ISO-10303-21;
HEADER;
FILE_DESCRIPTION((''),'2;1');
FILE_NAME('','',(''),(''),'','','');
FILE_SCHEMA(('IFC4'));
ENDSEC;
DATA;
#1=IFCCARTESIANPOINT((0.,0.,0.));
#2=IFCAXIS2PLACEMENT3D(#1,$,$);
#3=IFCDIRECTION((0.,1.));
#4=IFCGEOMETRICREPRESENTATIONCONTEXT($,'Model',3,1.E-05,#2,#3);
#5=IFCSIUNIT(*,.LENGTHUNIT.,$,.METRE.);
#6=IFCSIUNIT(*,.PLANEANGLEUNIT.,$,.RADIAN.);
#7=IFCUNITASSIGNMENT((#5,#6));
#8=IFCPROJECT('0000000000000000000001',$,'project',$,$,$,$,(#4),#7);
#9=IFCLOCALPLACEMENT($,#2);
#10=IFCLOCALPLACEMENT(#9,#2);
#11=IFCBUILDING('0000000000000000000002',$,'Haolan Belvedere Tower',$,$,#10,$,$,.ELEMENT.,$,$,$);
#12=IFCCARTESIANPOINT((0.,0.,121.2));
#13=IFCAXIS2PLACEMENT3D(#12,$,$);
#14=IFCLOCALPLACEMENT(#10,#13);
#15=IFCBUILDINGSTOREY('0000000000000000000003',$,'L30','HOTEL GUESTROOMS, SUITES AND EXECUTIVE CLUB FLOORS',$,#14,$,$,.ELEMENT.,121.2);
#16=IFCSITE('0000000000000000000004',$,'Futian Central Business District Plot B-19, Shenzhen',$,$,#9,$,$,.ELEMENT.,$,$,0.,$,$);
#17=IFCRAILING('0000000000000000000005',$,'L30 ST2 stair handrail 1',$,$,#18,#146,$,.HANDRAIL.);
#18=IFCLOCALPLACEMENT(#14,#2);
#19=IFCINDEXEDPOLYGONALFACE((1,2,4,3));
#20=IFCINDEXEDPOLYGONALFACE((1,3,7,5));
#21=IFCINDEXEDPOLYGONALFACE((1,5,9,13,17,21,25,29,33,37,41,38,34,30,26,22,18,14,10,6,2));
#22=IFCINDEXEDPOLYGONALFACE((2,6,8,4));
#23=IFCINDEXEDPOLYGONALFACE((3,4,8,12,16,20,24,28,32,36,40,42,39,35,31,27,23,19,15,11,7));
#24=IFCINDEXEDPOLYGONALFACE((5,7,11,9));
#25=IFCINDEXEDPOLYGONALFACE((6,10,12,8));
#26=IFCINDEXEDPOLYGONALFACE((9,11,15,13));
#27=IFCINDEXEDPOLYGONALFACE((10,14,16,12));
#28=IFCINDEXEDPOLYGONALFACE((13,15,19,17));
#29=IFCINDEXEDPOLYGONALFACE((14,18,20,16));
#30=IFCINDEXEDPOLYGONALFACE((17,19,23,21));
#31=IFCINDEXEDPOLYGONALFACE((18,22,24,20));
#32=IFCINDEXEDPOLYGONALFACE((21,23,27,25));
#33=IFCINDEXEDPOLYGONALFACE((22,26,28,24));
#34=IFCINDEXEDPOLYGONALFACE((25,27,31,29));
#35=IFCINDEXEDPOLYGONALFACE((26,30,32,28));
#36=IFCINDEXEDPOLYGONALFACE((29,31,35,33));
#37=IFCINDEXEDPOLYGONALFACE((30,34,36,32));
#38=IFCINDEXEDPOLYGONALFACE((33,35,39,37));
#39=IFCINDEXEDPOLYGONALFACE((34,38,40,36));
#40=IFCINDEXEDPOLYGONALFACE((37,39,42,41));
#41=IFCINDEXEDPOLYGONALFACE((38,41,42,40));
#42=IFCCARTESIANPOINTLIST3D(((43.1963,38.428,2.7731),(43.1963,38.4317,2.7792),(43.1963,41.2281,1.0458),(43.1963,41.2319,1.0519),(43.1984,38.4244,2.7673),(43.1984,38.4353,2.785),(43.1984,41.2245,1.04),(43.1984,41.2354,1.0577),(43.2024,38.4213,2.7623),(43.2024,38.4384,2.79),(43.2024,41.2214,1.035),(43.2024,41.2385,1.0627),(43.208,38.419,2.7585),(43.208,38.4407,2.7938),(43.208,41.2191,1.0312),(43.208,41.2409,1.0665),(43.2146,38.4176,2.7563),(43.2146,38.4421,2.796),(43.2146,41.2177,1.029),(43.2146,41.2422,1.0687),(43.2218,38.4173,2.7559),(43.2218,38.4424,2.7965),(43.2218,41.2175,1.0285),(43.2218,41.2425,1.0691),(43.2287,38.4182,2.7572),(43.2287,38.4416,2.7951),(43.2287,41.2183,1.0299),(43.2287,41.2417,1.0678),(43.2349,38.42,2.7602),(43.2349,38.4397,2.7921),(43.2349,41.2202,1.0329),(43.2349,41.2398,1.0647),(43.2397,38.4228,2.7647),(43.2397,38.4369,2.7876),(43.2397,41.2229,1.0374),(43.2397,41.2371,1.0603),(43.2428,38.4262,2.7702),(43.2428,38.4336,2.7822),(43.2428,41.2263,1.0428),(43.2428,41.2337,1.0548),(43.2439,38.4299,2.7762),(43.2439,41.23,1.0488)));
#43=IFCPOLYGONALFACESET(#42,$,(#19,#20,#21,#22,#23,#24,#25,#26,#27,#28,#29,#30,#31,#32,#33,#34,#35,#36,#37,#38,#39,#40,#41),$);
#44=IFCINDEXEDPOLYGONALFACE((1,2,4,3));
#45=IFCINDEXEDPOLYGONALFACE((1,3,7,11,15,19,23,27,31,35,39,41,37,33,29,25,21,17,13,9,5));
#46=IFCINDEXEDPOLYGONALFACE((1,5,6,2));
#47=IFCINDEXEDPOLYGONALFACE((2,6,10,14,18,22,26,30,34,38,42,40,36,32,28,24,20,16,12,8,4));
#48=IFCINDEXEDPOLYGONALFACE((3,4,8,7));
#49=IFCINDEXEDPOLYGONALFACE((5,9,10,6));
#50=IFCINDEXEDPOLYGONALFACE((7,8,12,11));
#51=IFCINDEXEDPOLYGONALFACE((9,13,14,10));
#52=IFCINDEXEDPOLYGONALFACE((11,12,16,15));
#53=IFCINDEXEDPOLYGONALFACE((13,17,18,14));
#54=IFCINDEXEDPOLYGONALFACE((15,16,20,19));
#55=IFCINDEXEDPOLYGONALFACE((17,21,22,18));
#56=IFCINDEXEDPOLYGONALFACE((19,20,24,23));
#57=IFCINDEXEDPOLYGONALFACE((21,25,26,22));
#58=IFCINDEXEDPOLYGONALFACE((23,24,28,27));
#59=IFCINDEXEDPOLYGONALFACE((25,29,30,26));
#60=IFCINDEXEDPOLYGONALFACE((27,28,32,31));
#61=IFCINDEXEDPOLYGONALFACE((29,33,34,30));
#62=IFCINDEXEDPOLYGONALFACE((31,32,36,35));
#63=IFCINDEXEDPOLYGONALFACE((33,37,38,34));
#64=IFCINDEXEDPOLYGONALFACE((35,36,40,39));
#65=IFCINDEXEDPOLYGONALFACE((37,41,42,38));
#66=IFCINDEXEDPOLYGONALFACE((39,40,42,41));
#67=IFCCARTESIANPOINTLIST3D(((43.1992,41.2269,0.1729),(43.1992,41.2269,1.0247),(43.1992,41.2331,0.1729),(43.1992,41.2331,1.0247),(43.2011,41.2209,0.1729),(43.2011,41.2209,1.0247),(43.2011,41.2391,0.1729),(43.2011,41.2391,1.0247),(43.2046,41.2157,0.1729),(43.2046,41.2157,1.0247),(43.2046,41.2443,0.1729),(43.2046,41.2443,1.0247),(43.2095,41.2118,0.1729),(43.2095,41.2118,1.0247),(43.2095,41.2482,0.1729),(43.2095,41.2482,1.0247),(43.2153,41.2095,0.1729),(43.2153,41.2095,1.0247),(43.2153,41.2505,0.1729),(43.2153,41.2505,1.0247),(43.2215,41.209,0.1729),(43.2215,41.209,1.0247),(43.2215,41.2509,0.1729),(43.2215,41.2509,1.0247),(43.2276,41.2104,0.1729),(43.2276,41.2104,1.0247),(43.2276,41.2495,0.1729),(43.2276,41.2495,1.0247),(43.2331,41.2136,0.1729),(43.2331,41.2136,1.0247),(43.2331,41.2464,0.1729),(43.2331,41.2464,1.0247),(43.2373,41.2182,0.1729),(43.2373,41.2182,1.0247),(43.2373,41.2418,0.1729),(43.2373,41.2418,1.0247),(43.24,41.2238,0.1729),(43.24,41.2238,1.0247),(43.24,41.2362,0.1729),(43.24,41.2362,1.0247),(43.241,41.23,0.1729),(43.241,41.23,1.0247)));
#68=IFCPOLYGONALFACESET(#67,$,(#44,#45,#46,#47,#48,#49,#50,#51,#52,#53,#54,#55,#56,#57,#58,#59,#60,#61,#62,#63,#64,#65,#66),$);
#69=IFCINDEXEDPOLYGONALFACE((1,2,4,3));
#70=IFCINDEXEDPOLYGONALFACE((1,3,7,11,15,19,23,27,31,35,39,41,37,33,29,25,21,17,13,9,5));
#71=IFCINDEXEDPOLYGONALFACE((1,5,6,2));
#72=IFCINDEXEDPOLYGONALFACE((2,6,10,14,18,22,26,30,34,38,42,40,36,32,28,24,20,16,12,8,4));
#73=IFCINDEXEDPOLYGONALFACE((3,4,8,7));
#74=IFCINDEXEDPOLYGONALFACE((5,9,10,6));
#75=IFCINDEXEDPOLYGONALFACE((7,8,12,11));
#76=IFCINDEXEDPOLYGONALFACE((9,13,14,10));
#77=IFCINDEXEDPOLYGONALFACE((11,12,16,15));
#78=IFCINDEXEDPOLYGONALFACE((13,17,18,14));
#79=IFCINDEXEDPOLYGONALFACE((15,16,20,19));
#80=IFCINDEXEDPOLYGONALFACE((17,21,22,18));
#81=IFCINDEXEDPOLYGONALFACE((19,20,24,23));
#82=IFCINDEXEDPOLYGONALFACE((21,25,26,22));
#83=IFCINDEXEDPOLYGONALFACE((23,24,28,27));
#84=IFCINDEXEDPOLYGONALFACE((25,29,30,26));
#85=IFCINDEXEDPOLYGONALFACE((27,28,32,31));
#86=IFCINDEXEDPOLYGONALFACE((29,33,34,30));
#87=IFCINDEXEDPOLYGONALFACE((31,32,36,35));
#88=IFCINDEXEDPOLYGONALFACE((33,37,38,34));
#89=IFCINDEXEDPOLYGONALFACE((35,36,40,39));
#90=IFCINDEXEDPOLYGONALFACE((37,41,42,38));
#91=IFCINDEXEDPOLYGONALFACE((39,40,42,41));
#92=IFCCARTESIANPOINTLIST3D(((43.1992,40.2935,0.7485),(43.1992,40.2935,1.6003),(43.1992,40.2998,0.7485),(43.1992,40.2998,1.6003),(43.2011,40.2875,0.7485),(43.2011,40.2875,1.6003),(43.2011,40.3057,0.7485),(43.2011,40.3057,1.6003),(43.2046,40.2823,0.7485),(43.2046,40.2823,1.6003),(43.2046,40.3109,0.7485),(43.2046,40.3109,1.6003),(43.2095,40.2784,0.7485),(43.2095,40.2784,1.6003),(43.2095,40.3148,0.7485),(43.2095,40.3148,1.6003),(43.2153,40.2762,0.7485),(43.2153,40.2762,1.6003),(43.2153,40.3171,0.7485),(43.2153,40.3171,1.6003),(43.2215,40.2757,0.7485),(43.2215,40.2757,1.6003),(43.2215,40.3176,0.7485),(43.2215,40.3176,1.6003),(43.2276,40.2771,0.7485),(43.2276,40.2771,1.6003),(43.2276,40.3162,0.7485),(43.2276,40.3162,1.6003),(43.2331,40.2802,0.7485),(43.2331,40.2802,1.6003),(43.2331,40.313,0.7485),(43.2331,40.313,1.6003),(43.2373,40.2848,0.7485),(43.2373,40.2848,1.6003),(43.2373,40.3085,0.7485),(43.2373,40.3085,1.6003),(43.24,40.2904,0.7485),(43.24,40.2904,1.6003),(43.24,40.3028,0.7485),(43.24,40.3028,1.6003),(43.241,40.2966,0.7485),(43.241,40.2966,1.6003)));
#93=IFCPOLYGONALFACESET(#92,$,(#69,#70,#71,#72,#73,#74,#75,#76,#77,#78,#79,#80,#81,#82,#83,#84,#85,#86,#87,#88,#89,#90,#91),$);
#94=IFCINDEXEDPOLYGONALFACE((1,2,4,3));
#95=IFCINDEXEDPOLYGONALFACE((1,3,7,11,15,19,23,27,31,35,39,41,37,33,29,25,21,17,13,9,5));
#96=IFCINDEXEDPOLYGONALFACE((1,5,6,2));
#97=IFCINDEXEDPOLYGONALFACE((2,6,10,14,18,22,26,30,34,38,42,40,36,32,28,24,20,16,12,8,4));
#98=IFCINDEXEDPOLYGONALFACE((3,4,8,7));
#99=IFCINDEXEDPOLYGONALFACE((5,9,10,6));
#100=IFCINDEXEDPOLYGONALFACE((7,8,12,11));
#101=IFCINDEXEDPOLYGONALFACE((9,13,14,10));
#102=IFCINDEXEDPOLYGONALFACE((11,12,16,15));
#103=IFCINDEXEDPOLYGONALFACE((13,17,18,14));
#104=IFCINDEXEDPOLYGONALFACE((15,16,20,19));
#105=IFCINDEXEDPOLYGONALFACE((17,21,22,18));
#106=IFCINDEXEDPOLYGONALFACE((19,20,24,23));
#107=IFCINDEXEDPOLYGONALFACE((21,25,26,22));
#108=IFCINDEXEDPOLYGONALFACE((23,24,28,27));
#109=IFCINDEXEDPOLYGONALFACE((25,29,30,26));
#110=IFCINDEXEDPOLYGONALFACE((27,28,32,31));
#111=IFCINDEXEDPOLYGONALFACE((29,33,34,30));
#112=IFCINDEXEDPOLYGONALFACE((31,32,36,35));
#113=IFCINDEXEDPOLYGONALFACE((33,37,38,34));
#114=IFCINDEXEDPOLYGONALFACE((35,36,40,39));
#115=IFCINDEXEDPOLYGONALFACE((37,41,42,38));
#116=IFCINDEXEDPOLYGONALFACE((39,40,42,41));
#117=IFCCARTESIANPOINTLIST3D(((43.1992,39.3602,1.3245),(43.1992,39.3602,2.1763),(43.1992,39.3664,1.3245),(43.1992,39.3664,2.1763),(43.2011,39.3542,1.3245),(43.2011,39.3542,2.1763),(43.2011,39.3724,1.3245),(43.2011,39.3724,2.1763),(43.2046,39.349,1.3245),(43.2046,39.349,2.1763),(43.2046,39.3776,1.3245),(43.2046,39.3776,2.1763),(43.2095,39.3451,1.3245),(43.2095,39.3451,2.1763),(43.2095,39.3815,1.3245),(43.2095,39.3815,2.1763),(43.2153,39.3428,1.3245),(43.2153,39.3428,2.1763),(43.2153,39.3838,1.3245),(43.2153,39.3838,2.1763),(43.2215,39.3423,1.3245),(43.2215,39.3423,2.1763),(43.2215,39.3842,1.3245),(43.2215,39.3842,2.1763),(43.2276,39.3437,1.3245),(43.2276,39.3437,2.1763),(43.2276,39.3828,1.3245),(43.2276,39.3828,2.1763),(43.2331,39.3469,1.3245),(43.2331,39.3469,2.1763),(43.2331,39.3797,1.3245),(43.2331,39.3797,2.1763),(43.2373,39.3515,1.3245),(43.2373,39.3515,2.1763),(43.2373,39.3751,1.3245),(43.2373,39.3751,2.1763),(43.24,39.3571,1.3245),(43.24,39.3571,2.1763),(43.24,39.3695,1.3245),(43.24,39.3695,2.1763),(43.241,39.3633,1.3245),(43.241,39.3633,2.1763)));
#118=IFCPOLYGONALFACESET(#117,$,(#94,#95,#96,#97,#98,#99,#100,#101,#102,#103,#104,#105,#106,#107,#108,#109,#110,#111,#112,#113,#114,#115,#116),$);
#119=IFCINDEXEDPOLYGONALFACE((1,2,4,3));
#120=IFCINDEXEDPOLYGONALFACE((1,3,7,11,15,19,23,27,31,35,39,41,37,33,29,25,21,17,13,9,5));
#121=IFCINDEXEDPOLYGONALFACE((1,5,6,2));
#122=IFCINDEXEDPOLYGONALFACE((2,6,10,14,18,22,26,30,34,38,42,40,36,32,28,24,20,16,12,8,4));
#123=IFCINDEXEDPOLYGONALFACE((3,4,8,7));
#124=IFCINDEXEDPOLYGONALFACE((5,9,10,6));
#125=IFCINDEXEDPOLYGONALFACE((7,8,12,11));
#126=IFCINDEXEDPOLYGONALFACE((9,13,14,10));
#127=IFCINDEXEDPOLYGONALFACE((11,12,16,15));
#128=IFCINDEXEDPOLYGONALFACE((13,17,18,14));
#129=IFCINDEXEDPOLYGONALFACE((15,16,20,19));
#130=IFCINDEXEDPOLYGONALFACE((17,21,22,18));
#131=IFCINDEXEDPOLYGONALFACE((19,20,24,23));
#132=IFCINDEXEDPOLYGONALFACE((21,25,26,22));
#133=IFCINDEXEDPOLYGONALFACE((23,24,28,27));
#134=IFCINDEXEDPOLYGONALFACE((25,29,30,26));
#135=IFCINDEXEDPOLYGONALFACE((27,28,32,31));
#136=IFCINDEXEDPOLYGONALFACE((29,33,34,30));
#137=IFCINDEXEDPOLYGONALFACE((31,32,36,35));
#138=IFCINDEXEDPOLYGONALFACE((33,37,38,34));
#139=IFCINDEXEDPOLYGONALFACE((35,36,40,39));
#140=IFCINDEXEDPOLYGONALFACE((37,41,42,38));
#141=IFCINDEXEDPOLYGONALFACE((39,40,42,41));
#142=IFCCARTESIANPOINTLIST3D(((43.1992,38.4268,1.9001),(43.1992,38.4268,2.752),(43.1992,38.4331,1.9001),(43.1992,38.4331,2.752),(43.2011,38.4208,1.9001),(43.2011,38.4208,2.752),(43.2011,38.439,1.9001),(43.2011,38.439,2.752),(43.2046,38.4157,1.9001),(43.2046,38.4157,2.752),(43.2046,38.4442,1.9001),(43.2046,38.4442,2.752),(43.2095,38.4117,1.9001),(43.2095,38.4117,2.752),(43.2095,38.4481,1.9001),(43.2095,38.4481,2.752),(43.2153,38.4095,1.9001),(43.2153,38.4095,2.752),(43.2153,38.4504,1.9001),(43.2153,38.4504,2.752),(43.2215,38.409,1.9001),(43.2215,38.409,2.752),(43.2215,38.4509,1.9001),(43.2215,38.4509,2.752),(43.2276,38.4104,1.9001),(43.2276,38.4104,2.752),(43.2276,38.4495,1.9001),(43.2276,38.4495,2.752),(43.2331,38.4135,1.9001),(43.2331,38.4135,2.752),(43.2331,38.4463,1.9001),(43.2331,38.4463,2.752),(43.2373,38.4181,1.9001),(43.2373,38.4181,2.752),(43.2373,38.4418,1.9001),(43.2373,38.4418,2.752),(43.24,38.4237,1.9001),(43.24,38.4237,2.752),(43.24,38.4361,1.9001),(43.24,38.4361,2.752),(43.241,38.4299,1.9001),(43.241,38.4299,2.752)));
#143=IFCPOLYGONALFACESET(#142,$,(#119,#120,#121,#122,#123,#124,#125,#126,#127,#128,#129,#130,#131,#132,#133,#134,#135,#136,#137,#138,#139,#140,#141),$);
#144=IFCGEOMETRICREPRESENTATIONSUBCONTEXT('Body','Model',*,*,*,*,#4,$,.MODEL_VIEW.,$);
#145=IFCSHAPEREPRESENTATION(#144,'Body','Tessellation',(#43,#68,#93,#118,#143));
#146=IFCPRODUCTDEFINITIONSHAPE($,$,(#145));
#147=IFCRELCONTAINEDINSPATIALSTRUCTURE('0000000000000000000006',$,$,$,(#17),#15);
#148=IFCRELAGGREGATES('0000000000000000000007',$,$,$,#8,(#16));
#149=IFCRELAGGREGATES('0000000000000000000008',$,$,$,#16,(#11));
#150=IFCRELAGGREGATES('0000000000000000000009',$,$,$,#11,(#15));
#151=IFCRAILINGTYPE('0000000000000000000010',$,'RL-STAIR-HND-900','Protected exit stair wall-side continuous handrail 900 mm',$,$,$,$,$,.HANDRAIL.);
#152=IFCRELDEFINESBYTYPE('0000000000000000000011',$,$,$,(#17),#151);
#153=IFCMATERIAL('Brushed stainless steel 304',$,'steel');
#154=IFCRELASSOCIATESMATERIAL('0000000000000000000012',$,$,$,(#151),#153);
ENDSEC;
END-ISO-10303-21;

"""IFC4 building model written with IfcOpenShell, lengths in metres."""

from ifc_helpers import new_model, si_unit, direction, frame, origin, origin_2d, place, context, subcontext, project, spatial, circle, extrude, material, type_object, element, save


model = new_model("IFC4")

# Units and contexts
model_context = context("Model", 3, precision=1e-05, world=origin(), true_north=direction((0.0, 1.0)))
body_context = subcontext(model_context, "Body", "Model", "MODEL_VIEW")
ifc_project = project(units=[si_unit("LENGTHUNIT", "METRE"), si_unit("PLANEANGLEUNIT", "RADIAN")], contexts=[model_context])

# Site, building, storey
site_placement = place(None, origin())
site = spatial("IfcSite", under=ifc_project, at=site_placement, Name="Futian Central Business District Plot B-19, Shenzhen", CompositionType="ELEMENT", RefElevation=0.0)
building_placement = place(site_placement, origin())
building = spatial("IfcBuilding", under=site, at=building_placement, Name="Haolan Belvedere Tower", CompositionType="ELEMENT")
storey_placement = place(building_placement, frame((0.0, 0.0, 121.2)))
storey = spatial("IfcBuildingStorey", under=building, at=storey_placement, Name="L30", Description="HOTEL GUESTROOMS, SUITES AND EXECUTIVE CLUB FLOORS", CompositionType="ELEMENT", Elevation=121.2)

# Railing
ifc_material_1 = material(Name="Brushed stainless steel 304", Category="steel")
railing_type_1 = type_object("IfcRailingType", Name="RL-STAIR-HND-900", Description="Protected exit stair wall-side continuous handrail 900 mm", PredefinedType="HANDRAIL", material=ifc_material_1)
railing_1_placement = place(storey_placement, frame((43.22, 41.23, 0.1729)))
element("IfcRailing", 1, at=railing_1_placement, inside=storey, type_object=railing_type_1, Name="L30 ST2 stair handrail 1", PredefinedType="HANDRAIL", context=body_context, shape_type="SweptSolid", body=[
    extrude(circle(Radius=0.0239, at=origin_2d()), frame((0.0, 0.0, 0.876), z_axis=(0.0, -0.85109, 0.52502), x_axis=(1.0, 0.0, 0.0)), (0.0, 0.0, 1.0), 3.29),
    extrude(circle(Radius=0.021, at=origin_2d()), origin(), (0.0, 0.0, 1.0), 0.8518),
    extrude(circle(Radius=0.021, at=origin_2d()), frame((0.0, -0.9333, 0.5757)), (0.0, 0.0, 1.0), 0.8518),
    extrude(circle(Radius=0.021, at=origin_2d()), frame((0.0, -1.8667, 1.1516)), (0.0, 0.0, 1.0), 0.8518),
    extrude(circle(Radius=0.021, at=origin_2d()), frame((0.0, -2.8, 1.7273)), (0.0, 0.0, 1.0), 0.8518),
])

save(model, "model.ifc")
